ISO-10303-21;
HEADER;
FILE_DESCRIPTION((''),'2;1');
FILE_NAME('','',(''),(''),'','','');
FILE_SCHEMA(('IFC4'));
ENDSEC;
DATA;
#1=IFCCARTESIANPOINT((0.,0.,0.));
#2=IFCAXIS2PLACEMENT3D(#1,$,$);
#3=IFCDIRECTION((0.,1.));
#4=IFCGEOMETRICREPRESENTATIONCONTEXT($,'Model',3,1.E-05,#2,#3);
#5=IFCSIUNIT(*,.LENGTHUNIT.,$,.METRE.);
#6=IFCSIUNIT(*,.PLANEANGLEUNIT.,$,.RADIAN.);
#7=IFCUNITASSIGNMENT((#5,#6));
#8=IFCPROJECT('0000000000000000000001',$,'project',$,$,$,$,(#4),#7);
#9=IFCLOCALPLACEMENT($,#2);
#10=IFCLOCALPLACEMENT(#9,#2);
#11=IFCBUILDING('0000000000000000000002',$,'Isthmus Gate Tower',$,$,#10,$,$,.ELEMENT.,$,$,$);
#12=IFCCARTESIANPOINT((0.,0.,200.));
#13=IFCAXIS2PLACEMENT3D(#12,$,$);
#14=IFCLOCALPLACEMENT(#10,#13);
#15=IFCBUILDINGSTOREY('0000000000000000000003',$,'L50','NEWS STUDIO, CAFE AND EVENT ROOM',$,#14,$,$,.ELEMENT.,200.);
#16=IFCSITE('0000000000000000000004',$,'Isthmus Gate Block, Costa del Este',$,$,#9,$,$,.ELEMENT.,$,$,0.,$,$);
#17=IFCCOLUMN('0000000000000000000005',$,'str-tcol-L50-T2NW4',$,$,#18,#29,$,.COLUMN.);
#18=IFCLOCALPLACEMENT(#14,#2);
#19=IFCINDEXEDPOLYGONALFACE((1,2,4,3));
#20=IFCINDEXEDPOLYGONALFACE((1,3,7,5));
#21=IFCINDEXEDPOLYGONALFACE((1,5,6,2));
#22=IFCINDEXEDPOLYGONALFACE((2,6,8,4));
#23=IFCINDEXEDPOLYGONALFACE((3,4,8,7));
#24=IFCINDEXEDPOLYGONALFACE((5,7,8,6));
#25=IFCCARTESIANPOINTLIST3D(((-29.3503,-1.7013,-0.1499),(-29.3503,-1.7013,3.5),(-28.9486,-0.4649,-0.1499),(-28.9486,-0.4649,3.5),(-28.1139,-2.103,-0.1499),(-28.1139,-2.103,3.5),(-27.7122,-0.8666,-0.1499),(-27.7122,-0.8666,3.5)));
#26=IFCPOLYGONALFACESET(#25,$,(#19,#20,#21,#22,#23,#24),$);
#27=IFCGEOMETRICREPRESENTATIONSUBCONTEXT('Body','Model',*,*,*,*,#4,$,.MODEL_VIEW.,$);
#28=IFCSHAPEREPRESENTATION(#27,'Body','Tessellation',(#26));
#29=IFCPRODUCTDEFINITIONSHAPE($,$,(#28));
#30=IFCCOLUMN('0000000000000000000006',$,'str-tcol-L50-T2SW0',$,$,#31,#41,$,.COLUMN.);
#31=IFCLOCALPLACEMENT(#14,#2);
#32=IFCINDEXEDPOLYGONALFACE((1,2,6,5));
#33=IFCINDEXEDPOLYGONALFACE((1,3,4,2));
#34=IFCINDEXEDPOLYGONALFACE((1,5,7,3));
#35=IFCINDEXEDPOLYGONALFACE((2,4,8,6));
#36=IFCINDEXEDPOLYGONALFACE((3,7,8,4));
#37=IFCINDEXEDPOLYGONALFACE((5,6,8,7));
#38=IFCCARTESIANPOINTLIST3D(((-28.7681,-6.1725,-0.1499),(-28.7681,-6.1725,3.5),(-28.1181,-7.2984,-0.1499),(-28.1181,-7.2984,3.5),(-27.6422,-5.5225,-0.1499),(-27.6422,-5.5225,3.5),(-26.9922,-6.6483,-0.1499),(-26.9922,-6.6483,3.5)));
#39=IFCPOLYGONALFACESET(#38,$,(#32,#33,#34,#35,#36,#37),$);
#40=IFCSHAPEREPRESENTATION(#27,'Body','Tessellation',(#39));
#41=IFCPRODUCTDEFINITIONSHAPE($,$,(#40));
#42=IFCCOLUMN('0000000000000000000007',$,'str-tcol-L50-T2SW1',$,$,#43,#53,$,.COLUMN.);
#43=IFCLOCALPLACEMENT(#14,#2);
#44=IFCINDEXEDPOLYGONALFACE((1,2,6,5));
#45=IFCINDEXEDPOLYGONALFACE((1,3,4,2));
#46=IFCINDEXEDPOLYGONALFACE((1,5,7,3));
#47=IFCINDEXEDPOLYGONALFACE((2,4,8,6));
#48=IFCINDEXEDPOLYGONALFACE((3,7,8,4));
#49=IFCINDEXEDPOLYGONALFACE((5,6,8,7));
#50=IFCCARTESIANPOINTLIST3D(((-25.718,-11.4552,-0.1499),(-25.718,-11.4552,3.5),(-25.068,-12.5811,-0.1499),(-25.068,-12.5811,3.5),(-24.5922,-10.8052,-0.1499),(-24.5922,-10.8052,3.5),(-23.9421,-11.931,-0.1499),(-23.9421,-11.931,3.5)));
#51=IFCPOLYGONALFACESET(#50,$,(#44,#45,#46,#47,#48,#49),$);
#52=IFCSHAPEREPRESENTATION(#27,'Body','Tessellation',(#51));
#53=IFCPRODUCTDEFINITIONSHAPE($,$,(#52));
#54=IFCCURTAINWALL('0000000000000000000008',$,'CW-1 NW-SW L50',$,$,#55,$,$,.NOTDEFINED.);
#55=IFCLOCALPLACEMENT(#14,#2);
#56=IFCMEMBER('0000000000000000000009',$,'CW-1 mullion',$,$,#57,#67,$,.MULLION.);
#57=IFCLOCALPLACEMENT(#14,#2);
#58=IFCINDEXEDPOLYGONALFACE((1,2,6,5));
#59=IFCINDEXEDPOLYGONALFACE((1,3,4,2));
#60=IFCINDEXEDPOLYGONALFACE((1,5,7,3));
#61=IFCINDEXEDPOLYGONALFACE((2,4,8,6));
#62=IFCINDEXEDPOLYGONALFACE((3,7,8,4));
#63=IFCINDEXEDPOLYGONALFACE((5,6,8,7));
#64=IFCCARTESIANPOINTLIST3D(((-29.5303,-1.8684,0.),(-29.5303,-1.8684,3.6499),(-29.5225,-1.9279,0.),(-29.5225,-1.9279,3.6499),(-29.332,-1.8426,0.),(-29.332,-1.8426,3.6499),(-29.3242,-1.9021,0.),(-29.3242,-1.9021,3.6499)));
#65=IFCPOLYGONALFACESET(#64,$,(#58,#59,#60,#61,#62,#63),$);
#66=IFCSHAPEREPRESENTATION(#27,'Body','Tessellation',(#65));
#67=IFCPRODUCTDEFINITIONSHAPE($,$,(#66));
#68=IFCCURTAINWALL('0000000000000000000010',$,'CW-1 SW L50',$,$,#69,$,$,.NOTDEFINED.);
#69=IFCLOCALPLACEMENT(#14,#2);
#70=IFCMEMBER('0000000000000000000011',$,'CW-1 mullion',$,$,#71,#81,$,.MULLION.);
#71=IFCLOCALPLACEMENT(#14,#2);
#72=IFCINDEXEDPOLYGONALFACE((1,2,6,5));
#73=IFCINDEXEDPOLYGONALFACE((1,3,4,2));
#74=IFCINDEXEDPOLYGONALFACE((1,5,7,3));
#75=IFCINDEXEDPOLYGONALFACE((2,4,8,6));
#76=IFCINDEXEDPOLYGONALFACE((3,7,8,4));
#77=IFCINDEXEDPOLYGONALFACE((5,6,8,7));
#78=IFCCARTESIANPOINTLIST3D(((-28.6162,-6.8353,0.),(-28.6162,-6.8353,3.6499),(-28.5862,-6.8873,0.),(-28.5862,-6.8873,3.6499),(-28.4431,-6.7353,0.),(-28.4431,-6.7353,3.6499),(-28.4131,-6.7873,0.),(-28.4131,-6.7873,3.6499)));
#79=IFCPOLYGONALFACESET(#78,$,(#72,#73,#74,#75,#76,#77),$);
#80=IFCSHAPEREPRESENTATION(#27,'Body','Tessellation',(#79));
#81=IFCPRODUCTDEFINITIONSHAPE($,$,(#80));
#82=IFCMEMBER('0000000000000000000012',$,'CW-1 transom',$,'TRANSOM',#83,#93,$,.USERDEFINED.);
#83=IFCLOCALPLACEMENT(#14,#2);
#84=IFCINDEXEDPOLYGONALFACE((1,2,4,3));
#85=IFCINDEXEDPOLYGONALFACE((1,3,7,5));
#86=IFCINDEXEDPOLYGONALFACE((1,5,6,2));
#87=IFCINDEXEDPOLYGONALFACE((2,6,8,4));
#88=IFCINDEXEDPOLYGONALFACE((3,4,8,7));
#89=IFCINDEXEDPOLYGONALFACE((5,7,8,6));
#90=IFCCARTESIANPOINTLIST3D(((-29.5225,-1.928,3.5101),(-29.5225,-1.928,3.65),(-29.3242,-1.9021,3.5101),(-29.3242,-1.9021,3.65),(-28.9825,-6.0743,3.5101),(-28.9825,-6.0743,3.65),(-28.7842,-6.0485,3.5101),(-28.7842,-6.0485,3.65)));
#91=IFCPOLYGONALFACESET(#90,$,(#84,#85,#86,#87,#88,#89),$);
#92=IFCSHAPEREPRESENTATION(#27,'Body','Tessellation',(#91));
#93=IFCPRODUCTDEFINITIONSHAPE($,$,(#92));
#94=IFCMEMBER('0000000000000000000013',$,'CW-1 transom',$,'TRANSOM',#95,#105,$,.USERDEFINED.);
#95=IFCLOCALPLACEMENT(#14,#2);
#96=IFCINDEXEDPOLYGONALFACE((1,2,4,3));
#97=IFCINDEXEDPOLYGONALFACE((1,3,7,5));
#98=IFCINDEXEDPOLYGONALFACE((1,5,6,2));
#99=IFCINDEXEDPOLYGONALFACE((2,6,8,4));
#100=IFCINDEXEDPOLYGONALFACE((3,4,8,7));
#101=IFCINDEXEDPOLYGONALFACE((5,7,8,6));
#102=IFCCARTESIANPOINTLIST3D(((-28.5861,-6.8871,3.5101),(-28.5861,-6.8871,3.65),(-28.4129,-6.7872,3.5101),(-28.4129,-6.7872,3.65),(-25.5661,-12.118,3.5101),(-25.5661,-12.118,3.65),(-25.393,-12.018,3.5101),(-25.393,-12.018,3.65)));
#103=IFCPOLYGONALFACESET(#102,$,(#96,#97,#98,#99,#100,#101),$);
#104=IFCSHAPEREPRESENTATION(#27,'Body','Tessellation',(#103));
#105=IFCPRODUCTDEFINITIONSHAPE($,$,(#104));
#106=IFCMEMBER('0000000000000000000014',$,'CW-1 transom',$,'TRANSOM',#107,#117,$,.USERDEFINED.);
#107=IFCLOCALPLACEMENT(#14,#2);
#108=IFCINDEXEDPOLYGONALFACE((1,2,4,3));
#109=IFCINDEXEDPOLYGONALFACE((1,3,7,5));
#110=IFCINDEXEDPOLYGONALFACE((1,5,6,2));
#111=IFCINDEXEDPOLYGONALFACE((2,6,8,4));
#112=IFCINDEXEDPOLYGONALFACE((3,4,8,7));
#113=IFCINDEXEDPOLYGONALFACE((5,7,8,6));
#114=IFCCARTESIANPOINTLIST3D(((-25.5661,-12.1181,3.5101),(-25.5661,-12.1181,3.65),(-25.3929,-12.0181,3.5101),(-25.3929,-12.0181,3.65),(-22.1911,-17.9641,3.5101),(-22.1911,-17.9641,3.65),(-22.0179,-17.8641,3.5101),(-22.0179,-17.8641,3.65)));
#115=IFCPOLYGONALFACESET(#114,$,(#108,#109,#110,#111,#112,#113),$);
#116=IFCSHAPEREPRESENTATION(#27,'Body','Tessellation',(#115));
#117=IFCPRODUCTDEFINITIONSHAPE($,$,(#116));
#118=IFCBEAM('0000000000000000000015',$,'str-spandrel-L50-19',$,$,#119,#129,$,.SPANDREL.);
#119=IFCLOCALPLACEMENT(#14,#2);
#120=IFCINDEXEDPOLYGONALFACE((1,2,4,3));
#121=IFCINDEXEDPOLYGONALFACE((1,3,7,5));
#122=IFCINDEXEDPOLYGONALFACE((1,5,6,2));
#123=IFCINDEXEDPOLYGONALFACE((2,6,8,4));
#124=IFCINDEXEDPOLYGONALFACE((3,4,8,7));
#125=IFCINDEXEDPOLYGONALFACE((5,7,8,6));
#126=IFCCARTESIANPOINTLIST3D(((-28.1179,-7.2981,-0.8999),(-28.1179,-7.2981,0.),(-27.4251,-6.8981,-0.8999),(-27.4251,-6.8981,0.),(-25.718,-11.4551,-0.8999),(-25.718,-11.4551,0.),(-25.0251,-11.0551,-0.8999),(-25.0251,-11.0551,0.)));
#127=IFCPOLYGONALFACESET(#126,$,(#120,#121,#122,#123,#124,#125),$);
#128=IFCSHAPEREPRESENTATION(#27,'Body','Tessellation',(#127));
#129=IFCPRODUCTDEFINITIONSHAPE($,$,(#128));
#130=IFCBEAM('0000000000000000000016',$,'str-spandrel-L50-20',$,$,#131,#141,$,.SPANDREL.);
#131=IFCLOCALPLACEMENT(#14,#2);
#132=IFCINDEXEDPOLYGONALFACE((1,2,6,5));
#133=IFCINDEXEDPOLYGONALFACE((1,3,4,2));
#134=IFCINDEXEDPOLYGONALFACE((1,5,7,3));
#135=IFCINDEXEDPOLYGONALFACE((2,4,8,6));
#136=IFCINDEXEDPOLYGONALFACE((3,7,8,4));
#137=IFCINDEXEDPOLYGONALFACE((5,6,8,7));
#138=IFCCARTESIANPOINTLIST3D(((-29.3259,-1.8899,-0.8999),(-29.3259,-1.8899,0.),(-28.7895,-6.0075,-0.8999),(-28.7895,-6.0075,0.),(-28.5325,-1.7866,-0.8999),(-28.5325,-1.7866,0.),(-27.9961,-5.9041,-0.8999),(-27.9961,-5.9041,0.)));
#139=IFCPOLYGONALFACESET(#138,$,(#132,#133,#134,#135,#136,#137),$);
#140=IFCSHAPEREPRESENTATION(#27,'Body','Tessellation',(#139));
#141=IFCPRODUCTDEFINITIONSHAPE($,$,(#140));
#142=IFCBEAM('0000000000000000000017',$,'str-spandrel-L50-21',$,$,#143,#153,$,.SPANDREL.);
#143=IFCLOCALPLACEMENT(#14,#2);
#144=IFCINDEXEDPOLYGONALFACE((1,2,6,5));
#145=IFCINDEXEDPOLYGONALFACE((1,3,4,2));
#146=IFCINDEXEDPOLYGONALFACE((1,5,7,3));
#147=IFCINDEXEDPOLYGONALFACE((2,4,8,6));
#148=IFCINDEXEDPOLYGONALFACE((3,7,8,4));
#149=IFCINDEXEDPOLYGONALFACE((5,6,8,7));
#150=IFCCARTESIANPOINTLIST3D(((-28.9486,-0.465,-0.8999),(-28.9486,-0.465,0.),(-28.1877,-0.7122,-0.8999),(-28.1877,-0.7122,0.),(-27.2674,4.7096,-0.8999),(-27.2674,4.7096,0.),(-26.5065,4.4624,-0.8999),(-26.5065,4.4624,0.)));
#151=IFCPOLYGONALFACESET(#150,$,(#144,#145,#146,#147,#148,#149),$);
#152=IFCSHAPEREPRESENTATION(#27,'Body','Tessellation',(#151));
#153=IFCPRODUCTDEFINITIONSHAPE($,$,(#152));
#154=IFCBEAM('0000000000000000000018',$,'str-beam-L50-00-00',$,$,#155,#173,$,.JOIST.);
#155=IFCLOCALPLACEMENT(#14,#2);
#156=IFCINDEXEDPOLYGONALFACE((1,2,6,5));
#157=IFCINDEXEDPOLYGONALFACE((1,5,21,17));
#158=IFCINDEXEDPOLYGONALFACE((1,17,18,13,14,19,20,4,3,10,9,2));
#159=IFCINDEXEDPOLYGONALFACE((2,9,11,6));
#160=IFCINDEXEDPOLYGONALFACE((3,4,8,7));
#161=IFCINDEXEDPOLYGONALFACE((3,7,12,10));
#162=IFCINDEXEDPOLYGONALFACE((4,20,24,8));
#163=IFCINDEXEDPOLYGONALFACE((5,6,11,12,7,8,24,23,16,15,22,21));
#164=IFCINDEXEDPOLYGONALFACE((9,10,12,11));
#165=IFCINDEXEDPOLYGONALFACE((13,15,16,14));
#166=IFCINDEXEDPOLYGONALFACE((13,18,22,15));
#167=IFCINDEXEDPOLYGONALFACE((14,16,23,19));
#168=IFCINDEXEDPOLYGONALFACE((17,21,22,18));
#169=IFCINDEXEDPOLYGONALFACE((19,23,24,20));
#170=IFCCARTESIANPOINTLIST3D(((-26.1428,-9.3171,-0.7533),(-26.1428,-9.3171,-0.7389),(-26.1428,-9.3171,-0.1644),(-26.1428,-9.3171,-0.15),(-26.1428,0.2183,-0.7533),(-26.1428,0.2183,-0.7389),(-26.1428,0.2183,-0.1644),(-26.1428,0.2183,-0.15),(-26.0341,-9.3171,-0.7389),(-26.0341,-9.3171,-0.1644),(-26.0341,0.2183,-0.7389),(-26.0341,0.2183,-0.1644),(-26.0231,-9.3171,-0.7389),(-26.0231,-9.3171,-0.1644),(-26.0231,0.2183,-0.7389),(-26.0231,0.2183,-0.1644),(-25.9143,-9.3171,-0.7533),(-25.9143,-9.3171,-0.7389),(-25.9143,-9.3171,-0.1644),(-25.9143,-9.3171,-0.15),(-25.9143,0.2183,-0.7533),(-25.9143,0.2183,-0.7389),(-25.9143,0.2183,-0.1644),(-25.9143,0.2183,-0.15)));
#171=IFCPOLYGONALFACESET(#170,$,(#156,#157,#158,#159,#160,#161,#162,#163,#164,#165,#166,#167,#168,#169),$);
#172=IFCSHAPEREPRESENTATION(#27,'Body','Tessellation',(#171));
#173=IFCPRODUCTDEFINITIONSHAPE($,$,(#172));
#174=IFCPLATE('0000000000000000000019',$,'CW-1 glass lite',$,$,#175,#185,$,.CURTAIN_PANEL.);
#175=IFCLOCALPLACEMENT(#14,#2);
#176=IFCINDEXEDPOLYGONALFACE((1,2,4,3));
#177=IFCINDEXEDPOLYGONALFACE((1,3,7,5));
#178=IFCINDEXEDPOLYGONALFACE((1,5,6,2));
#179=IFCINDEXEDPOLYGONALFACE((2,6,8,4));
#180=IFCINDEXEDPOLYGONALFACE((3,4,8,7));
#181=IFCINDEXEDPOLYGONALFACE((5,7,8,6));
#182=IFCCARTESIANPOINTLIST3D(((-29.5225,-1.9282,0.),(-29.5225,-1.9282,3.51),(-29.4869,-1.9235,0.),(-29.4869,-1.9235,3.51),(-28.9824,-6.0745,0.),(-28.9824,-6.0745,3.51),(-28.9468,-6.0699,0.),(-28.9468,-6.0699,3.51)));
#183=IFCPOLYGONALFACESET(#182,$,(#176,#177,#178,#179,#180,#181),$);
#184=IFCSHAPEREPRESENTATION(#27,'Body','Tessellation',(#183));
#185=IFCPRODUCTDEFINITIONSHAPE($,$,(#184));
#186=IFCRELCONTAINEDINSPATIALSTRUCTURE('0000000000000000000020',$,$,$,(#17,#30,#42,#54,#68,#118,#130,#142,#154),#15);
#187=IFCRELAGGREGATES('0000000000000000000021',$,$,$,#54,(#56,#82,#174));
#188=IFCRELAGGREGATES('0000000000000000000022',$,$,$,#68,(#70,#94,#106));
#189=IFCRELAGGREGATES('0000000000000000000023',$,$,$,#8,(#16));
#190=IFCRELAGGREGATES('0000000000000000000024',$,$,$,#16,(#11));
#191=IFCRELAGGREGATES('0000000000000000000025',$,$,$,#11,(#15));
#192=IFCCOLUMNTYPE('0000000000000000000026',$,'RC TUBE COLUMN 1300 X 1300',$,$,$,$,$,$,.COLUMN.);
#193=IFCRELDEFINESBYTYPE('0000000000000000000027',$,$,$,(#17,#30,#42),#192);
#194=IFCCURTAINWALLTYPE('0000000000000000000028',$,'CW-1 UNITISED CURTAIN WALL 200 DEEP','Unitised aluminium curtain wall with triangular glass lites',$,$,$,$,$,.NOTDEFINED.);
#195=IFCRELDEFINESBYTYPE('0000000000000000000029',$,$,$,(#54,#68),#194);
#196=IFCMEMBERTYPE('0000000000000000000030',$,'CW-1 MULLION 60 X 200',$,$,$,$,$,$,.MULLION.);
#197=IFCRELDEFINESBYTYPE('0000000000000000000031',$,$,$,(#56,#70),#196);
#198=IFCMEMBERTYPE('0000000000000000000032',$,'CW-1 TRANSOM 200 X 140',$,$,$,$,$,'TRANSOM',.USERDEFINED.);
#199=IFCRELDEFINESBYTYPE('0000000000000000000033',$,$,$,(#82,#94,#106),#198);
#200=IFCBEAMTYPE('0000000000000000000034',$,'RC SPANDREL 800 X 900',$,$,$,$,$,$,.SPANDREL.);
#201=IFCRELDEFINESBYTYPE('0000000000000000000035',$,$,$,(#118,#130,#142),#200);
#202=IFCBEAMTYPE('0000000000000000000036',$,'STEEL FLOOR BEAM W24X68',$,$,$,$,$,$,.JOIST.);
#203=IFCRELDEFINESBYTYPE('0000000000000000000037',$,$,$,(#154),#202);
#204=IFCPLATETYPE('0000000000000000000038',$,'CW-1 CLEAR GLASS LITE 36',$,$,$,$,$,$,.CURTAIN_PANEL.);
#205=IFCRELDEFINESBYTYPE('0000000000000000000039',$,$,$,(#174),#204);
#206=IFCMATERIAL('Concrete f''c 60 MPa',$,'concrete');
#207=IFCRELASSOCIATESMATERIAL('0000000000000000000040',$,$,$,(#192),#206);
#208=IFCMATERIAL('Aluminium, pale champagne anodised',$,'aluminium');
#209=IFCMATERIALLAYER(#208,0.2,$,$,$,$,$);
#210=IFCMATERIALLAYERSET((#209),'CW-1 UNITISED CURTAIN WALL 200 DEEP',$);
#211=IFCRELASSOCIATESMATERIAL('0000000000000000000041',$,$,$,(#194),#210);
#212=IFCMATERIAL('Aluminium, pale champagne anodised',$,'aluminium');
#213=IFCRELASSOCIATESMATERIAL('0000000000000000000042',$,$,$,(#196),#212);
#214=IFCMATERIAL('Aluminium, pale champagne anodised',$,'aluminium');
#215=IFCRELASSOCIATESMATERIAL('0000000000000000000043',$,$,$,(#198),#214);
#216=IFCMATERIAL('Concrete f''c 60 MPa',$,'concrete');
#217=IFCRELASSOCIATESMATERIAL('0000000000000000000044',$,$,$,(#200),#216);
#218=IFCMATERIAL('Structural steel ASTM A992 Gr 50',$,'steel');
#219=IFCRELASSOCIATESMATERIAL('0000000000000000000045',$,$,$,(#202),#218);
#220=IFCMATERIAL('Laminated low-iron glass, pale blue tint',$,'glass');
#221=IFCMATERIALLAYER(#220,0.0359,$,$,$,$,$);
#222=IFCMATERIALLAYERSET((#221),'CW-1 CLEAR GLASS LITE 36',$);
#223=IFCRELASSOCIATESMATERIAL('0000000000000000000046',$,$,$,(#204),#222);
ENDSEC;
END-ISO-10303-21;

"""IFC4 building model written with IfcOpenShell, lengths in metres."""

from ifc_helpers import new_model, si_unit, direction, frame, origin, origin_2d, place, context, subcontext, project, spatial, rectangle, i_section, extrude, material, layer, layer_set, material_profile, profile_set, type_object, element, aggregate, save


model = new_model("IFC4")

# Units and contexts
model_context = context("Model", 3, precision=1e-05, world=origin(), true_north=direction((0.0, 1.0)))
body_context = subcontext(model_context, "Body", "Model", "MODEL_VIEW")
ifc_project = project(units=[si_unit("LENGTHUNIT", "METRE"), si_unit("PLANEANGLEUNIT", "RADIAN")], contexts=[model_context])

# Site, building, storey
site_placement = place(None, origin())
site = spatial("IfcSite", under=ifc_project, at=site_placement, Name="Isthmus Gate Block, Costa del Este", CompositionType="ELEMENT", RefElevation=0.0)
building_placement = place(site_placement, origin())
building = spatial("IfcBuilding", under=site, at=building_placement, Name="Isthmus Gate Tower", CompositionType="ELEMENT")
storey_placement = place(building_placement, frame((0.0, 0.0, 200.0)))
storey = spatial("IfcBuildingStorey", under=building, at=storey_placement, Name="L50", Description="NEWS STUDIO, CAFE AND EVENT ROOM", CompositionType="ELEMENT", Elevation=200.0)

# Columns
ifc_material_1 = material(Name="Concrete f'c 60 MPa", Category="concrete")
ifc_material_profile_1 = material_profile(ifc_material_1, rectangle(XDim=1.3, YDim=1.3, at=origin_2d()), Name="RC 1300X1300")
ifc_profile_set_1 = profile_set([ifc_material_profile_1], Name="Concrete f'c 60 MPa")
column_type = type_object("IfcColumnType", Name="RC TUBE COLUMN 1300 X 1300", PredefinedType="COLUMN", material=ifc_profile_set_1)
for number, where, z_axis, x_axis, name in (
    (1, (-28.5312, -1.2839, -0.1499), (0.0, 0.0, 1.0), (-0.309017, -0.951057, 0.0), "str-tcol-L50-T2NW4"),
    (2, (-27.8801, -6.4104, -0.1499), (0.0, 0.0, 1.0), (0.5, -0.866025, 0.0), "str-tcol-L50-T2SW0"),
    (3, (-24.8301, -11.6931, -0.1499), (0.0, 0.0, 1.0), (0.5, -0.866025, 0.0), "str-tcol-L50-T2SW1"),
):
    element("IfcColumn", number, at=place(storey_placement, frame(where, z_axis=z_axis, x_axis=x_axis)), inside=storey, type_object=column_type, Name=name, PredefinedType="COLUMN", context=body_context, shape_type="SweptSolid", body=[
        extrude(rectangle(XDim=1.3, YDim=1.3, at=origin_2d()), origin(), (0.0, 0.0, 1.0), 3.6499),
    ])

# Curtain walls, members
ifc_material_2 = material(Name="Aluminium, pale champagne anodised", Category="aluminium")
ifc_layer_1 = layer(ifc_material_2, 0.2)
ifc_layer_set_1 = layer_set([ifc_layer_1], Name="CW-1 UNITISED CURTAIN WALL 200 DEEP")
curtain_wall_type = type_object("IfcCurtainWallType", Name="CW-1 UNITISED CURTAIN WALL 200 DEEP", Description="Unitised aluminium curtain wall with triangular glass lites", PredefinedType="NOTDEFINED", material=ifc_layer_set_1)
curtain_wall_1_placement = place(storey_placement, origin())
curtain_wall_1 = element("IfcCurtainWall", 4, at=curtain_wall_1_placement, inside=storey, type_object=curtain_wall_type, Name="CW-1 NW-SW L50", PredefinedType="NOTDEFINED")
ifc_material_3 = material(Name="Aluminium, pale champagne anodised", Category="aluminium")
ifc_material_profile_2 = material_profile(ifc_material_3, rectangle(XDim=0.0601, YDim=0.2, at=origin_2d()), Name="60x200")
ifc_profile_set_2 = profile_set([ifc_material_profile_2], Name="Aluminium, pale champagne anodised")
member_type_1 = type_object("IfcMemberType", Name="CW-1 MULLION 60 X 200", PredefinedType="MULLION", material=ifc_profile_set_2)
member_1_placement = place(storey_placement, frame((-29.4272, -1.8853, 0.0), z_axis=(0.0, 0.0, 1.0), x_axis=(0.129165, -0.991623, 0.0)))
member_1 = element("IfcMember", 5, at=member_1_placement, type_object=member_type_1, Name="CW-1 mullion", PredefinedType="MULLION", context=body_context, shape_type="SweptSolid", body=[
    extrude(rectangle(XDim=0.0601, YDim=0.2, at=origin_2d()), origin(), (0.0, 0.0, 1.0), 3.6499),
])
curtain_wall_2_placement = place(storey_placement, origin())
curtain_wall_2 = element("IfcCurtainWall", 6, at=curtain_wall_2_placement, inside=storey, type_object=curtain_wall_type, Name="CW-1 SW L50", PredefinedType="NOTDEFINED")
member_2_placement = place(storey_placement, frame((-28.5146, -6.8113, 0.0), z_axis=(0.0, 0.0, 1.0), x_axis=(0.5, -0.866025, 0.0)))
member_2 = element("IfcMember", 7, at=member_2_placement, type_object=member_type_1, Name="CW-1 mullion", PredefinedType="MULLION", context=body_context, shape_type="SweptSolid", body=[
    extrude(rectangle(XDim=0.0601, YDim=0.2, at=origin_2d()), origin(), (0.0, 0.0, 1.0), 3.6499),
])

# Members
ifc_material_4 = material(Name="Aluminium, pale champagne anodised", Category="aluminium")
ifc_material_profile_3 = material_profile(ifc_material_4, rectangle(XDim=0.2, YDim=0.1399, at=origin_2d()), Name="200x140")
ifc_profile_set_3 = profile_set([ifc_material_profile_3], Name="Aluminium, pale champagne anodised")
member_type_2 = type_object("IfcMemberType", Name="CW-1 TRANSOM 200 X 140", ElementType="TRANSOM", PredefinedType="USERDEFINED", material=ifc_profile_set_3)
member_3_placement = place(storey_placement, frame((-29.4233, -1.915, 3.5801), z_axis=(0.129149, -0.991625, 0.0), x_axis=(0.991625, 0.129149, 0.0)))
member_3 = element("IfcMember", 8, at=member_3_placement, type_object=member_type_2, Name="CW-1 transom", ObjectType="TRANSOM", PredefinedType="USERDEFINED", context=body_context, shape_type="SweptSolid", body=[
    extrude(rectangle(XDim=0.2, YDim=0.1399, at=origin_2d()), origin(), (0.0, 0.0, 1.0), 4.1814),
])
member_4_placement = place(storey_placement, frame((-28.4995, -6.8372, 3.5801), z_axis=(0.499991, -0.866031, 0.0), x_axis=(0.866031, 0.499991, 0.0)))
member_4 = element("IfcMember", 9, at=member_4_placement, type_object=member_type_2, Name="CW-1 transom", ObjectType="TRANSOM", PredefinedType="USERDEFINED", context=body_context, shape_type="SweptSolid", body=[
    extrude(rectangle(XDim=0.2, YDim=0.1399, at=origin_2d()), origin(), (0.0, 0.0, 1.0), 6.04),
])
member_5_placement = place(storey_placement, frame((-25.4795, -12.0681, 3.5801), z_axis=(0.499982, -0.866036, 0.0), x_axis=(0.866036, 0.499982, 0.0)))
member_5 = element("IfcMember", 10, at=member_5_placement, type_object=member_type_2, Name="CW-1 transom", ObjectType="TRANSOM", PredefinedType="USERDEFINED", context=body_context, shape_type="SweptSolid", body=[
    extrude(rectangle(XDim=0.2, YDim=0.1399, at=origin_2d()), origin(), (0.0, 0.0, 1.0), 6.7502),
])

# Beams
ifc_material_5 = material(Name="Concrete f'c 60 MPa", Category="concrete")
ifc_material_profile_4 = material_profile(ifc_material_5, rectangle(XDim=0.8, YDim=0.8999, at=origin_2d()), Name="RC 800X900")
ifc_profile_set_4 = profile_set([ifc_material_profile_4], Name="Concrete f'c 60 MPa")
beam_type_1 = type_object("IfcBeamType", Name="RC SPANDREL 800 X 900", PredefinedType="SPANDREL", material=ifc_profile_set_4)
beam_1_placement = place(storey_placement, frame((-25.3716, -11.2551, -0.45), z_axis=(-0.499979, 0.866037, 0.0), x_axis=(-0.866037, -0.499979, 0.0)))
element("IfcBeam", 11, at=beam_1_placement, inside=storey, type_object=beam_type_1, Name="str-spandrel-L50-19", PredefinedType="SPANDREL", context=body_context, shape_type="SweptSolid", body=[
    extrude(rectangle(XDim=0.8, YDim=0.8999, at=origin_2d()), origin(), (0.0, 0.0, 1.0), 4.8),
])
beam_2_placement = place(storey_placement, frame((-28.3928, -5.9558, -0.45), z_axis=(-0.129171, 0.991622, 0.0), x_axis=(-0.991622, -0.129171, 0.0)))
element("IfcBeam", 12, at=beam_2_placement, inside=storey, type_object=beam_type_1, Name="str-spandrel-L50-20", PredefinedType="SPANDREL", context=body_context, shape_type="SweptSolid", body=[
    extrude(rectangle(XDim=0.8, YDim=0.8999, at=origin_2d()), origin(), (0.0, 0.0, 1.0), 4.1523),
])
beam_3_placement = place(storey_placement, frame((-28.5681, -0.5886, -0.45), z_axis=(0.30899, 0.951065, 0.0), x_axis=(-0.951065, 0.30899, 0.0)))
element("IfcBeam", 13, at=beam_3_placement, inside=storey, type_object=beam_type_1, Name="str-spandrel-L50-21", PredefinedType="SPANDREL", context=body_context, shape_type="SweptSolid", body=[
    extrude(rectangle(XDim=0.8, YDim=0.8999, at=origin_2d()), origin(), (0.0, 0.0, 1.0), 5.4409),
])
ifc_material_6 = material(Name="Structural steel ASTM A992 Gr 50", Category="steel")
ifc_material_profile_5 = material_profile(ifc_material_6, i_section(OverallWidth=0.2285, OverallDepth=0.6033, WebThickness=0.011, FlangeThickness=0.0144, at=origin_2d()), Name="W24X68")
ifc_profile_set_5 = profile_set([ifc_material_profile_5], Name="Structural steel ASTM A992 Gr 50")
beam_type_2 = type_object("IfcBeamType", Name="STEEL FLOOR BEAM W24X68", PredefinedType="JOIST", material=ifc_profile_set_5)
beam_4_placement = place(storey_placement, frame((-26.0286, -9.3171, -0.4517), z_axis=(0.0, 1.0, 0.0), x_axis=(-1.0, 0.0, 0.0)))
element("IfcBeam", 14, at=beam_4_placement, inside=storey, type_object=beam_type_2, Name="str-beam-L50-00-00", PredefinedType="JOIST", context=body_context, shape_type="SweptSolid", body=[
    extrude(i_section(OverallWidth=0.2285, OverallDepth=0.6033, WebThickness=0.011, FlangeThickness=0.0144, at=origin_2d()), origin(), (0.0, 0.0, 1.0), 9.5354),
])

# Plate
ifc_material_7 = material(Name="Laminated low-iron glass, pale blue tint", Category="glass")
ifc_layer_2 = layer(ifc_material_7, 0.0359)
ifc_layer_set_2 = layer_set([ifc_layer_2], Name="CW-1 CLEAR GLASS LITE 36")
plate_type = type_object("IfcPlateType", Name="CW-1 CLEAR GLASS LITE 36", PredefinedType="CURTAIN_PANEL", material=ifc_layer_set_2)
plate_1_placement = place(storey_placement, frame((-29.2346, -3.999, 0.0), z_axis=(0.0, 0.0, 1.0), x_axis=(0.129165, -0.991623, 0.0)))
plate_1 = element("IfcPlate", 15, at=plate_1_placement, type_object=plate_type, Name="CW-1 glass lite", PredefinedType="CURTAIN_PANEL", context=body_context, shape_type="SweptSolid", body=[
    extrude(rectangle(XDim=4.1814, YDim=0.0359, at=origin_2d()), origin(), (0.0, 0.0, 1.0), 3.51),
])
aggregate(curtain_wall_1, [member_1, member_3, plate_1])
aggregate(curtain_wall_2, [member_2, member_4, member_5])

save(model, "model.ifc")
